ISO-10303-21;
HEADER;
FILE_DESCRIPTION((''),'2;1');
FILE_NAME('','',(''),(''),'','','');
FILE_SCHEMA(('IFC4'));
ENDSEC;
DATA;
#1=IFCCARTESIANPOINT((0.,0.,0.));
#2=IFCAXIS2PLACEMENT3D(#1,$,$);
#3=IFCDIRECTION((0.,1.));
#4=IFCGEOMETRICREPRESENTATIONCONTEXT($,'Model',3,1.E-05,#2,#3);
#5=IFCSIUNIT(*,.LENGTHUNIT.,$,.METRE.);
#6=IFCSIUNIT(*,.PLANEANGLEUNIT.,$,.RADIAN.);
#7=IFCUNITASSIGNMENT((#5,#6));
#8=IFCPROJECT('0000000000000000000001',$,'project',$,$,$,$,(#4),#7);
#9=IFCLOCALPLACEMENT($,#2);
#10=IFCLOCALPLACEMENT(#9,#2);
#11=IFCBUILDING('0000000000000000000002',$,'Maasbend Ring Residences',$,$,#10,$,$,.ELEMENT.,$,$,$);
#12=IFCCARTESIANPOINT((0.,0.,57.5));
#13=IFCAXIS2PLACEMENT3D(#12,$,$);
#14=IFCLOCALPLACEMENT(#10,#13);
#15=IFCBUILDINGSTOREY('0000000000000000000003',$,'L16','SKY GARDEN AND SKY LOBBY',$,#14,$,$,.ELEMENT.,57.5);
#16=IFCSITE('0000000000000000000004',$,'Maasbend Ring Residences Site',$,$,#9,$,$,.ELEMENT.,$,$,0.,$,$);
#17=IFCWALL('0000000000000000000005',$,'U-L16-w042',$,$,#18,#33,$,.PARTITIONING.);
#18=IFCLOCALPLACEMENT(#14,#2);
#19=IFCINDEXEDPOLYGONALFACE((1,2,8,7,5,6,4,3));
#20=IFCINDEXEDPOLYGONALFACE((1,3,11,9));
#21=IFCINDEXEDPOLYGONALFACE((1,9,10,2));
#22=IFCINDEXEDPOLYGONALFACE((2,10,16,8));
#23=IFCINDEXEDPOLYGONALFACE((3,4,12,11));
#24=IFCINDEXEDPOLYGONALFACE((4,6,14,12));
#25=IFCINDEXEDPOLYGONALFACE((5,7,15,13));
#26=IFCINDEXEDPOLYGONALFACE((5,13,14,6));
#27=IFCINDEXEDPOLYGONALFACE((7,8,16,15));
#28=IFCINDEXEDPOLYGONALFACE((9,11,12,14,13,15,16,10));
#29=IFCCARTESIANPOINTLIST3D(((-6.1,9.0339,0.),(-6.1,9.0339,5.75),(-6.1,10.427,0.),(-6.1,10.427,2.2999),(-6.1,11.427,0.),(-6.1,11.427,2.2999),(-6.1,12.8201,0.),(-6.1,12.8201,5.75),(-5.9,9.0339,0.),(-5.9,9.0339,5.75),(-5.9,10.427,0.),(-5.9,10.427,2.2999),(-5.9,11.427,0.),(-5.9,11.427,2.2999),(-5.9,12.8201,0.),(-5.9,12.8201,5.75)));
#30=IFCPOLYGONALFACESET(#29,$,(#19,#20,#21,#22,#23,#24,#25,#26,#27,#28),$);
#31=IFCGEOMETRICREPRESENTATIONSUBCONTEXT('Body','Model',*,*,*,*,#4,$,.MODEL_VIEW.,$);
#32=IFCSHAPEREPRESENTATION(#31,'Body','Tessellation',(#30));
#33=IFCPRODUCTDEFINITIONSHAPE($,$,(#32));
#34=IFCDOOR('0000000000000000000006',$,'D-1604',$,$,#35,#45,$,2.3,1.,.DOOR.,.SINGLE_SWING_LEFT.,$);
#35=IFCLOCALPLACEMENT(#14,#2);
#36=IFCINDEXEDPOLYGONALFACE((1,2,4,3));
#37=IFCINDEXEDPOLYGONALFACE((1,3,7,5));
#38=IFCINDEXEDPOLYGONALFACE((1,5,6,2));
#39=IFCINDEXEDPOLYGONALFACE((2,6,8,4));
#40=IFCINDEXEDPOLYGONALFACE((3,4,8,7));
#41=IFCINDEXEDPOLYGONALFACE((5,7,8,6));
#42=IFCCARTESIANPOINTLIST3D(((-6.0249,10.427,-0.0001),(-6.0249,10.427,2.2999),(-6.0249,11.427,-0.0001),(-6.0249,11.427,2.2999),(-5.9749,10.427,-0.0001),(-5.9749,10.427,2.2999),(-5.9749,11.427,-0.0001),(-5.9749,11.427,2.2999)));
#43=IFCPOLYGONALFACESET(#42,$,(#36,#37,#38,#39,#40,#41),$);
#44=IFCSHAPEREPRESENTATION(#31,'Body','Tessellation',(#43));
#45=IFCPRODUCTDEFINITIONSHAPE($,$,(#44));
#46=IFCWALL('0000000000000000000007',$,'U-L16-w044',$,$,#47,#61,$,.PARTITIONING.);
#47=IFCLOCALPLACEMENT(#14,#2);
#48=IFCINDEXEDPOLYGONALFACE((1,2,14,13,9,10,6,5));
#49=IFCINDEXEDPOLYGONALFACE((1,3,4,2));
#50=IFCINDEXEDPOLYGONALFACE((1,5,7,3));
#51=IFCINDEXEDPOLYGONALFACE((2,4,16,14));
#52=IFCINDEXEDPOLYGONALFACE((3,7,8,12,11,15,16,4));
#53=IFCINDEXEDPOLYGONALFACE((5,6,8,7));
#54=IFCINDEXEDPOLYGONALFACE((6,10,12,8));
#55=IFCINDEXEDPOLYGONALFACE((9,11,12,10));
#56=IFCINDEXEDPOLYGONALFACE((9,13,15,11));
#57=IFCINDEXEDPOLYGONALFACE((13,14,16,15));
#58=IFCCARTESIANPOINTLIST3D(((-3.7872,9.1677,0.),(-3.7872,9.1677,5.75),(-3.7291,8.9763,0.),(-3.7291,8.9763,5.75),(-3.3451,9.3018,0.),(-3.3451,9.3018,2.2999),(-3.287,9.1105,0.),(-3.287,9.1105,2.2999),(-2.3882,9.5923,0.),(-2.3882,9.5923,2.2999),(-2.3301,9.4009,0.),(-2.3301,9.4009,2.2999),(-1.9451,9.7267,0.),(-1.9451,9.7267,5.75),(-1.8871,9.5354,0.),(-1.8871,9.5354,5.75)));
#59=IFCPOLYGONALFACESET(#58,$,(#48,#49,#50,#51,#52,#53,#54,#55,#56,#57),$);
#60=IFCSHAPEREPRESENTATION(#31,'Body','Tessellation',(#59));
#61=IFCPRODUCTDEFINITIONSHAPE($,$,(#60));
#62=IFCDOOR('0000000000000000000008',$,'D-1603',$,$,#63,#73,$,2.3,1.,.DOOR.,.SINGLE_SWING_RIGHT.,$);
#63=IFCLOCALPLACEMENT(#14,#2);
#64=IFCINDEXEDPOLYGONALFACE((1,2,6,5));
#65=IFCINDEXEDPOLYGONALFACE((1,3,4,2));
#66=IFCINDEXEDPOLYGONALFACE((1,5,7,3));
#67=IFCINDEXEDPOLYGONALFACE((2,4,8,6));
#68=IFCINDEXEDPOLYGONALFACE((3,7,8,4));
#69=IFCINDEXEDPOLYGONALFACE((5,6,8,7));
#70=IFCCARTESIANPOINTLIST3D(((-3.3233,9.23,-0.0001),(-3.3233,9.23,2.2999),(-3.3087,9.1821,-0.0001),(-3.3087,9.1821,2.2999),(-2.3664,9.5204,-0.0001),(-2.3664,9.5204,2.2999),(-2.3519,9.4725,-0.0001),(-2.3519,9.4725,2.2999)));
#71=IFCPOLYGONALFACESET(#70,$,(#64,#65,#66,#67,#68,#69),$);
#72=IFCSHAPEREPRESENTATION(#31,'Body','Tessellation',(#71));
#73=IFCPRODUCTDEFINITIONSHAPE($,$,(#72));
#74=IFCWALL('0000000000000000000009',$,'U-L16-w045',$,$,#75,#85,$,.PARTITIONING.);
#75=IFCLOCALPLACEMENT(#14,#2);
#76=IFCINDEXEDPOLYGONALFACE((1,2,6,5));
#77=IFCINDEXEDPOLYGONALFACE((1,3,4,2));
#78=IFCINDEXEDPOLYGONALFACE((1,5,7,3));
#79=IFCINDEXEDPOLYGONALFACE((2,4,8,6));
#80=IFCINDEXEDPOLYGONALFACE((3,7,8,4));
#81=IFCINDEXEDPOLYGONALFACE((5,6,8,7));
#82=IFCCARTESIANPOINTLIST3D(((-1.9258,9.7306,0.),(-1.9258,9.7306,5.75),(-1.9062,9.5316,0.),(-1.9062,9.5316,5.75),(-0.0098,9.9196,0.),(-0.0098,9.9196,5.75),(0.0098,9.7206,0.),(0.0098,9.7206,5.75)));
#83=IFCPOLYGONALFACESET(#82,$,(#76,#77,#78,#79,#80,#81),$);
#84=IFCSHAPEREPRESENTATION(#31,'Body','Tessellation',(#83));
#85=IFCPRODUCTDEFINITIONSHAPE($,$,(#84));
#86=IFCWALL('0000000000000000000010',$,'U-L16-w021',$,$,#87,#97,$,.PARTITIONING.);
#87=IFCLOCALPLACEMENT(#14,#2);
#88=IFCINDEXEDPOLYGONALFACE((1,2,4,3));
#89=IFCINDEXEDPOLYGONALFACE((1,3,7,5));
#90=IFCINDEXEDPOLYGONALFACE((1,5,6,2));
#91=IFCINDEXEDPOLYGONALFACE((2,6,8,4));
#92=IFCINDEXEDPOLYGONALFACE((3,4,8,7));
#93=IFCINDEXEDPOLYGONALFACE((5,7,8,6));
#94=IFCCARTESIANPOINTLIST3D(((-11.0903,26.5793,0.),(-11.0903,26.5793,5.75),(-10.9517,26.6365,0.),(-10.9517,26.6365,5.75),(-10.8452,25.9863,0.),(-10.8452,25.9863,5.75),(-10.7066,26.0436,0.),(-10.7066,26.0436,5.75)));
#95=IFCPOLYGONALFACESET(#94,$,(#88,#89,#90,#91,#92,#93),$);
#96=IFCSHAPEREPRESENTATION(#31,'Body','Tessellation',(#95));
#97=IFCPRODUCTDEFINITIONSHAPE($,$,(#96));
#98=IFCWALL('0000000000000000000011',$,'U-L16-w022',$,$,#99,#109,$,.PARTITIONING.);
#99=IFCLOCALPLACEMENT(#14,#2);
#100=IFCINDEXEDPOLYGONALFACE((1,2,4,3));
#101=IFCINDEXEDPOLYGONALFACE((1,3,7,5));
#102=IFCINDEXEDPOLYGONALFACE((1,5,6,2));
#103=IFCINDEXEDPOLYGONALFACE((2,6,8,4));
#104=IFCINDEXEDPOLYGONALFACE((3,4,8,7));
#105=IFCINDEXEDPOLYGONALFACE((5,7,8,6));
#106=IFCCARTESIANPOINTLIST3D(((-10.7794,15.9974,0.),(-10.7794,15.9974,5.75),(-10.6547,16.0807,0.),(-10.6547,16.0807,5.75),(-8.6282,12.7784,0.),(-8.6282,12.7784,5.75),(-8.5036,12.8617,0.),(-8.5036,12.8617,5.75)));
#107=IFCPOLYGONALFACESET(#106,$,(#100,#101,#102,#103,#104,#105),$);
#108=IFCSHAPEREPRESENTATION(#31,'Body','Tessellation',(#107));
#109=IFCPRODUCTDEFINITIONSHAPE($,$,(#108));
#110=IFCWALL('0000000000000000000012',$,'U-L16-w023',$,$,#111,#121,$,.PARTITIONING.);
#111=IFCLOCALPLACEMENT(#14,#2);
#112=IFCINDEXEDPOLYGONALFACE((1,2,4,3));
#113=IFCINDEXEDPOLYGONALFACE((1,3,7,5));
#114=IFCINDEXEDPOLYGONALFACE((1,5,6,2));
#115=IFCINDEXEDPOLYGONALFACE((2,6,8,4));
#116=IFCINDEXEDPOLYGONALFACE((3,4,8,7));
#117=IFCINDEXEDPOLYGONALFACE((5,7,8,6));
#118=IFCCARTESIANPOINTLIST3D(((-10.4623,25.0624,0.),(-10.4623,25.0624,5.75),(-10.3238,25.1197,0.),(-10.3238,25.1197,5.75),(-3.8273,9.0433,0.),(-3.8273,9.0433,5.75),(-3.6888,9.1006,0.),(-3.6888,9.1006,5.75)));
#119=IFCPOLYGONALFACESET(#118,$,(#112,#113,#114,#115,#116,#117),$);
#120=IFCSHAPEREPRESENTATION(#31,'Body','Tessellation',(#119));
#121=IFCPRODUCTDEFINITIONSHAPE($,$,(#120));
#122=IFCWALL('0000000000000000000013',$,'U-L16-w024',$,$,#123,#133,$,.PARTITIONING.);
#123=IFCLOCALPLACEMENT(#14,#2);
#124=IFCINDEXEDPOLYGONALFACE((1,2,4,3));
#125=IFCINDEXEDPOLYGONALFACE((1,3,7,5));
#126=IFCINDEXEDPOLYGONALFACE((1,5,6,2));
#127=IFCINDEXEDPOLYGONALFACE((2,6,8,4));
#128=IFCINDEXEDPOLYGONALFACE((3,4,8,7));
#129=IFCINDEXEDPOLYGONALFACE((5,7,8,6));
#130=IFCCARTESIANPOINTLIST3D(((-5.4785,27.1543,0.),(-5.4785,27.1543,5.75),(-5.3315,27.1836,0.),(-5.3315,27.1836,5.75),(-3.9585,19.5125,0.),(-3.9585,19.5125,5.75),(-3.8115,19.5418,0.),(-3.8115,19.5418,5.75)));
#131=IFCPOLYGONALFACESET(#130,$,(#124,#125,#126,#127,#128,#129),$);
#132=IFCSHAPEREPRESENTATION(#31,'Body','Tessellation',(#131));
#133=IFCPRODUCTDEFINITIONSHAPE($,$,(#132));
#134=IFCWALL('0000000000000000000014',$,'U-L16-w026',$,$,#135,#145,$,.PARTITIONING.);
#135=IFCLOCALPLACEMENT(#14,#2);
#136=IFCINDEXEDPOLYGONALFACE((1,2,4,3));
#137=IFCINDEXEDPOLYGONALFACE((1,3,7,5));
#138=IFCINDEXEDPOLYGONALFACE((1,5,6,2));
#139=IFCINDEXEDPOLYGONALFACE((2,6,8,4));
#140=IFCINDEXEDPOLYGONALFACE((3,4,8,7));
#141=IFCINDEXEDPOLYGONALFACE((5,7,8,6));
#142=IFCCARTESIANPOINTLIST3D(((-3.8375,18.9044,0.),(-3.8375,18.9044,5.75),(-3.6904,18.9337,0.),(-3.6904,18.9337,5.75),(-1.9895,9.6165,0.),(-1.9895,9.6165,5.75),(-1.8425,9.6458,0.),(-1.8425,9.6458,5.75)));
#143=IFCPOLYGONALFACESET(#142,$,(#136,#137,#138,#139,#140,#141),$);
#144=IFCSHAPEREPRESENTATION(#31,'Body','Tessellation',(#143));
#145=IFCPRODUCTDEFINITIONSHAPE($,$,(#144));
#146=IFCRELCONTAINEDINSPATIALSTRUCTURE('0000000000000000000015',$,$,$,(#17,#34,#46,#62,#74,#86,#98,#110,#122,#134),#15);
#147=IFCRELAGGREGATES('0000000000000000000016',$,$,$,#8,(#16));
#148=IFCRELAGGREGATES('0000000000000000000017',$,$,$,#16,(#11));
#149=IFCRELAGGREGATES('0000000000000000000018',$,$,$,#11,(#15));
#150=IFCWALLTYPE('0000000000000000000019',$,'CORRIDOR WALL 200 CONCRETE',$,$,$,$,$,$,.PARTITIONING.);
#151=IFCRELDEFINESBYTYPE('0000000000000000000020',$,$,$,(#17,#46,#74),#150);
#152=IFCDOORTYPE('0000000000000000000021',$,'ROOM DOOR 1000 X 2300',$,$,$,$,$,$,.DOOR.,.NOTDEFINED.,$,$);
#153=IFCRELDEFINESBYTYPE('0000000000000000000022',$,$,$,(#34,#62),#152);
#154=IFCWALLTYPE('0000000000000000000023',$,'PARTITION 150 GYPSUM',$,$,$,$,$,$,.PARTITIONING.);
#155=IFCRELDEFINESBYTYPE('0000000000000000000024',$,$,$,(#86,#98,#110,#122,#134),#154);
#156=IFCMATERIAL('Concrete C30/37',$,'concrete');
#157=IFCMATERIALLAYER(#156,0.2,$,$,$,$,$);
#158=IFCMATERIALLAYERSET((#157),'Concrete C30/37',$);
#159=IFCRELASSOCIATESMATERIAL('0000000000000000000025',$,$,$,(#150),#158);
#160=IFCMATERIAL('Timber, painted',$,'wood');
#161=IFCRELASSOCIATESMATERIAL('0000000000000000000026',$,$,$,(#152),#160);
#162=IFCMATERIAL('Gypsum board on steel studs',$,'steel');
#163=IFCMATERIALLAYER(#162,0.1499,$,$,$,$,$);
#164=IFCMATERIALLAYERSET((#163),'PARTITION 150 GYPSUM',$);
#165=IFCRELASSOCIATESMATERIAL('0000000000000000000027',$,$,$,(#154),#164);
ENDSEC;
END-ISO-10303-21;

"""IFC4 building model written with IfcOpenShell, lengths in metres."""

from ifc_helpers import new_model, si_unit, direction, frame, frame_2d, origin, place, context, subcontext, project, spatial, rectangle, extrude, material, layer, layer_set, type_object, element, fill, save


model = new_model("IFC4")

# Units and contexts
model_context = context("Model", 3, precision=1e-05, world=origin(), true_north=direction((0.0, 1.0)))
body_context = subcontext(model_context, "Body", "Model", "MODEL_VIEW")
ifc_project = project(units=[si_unit("LENGTHUNIT", "METRE"), si_unit("PLANEANGLEUNIT", "RADIAN")], contexts=[model_context])

# Site, building, storey
site_placement = place(None, origin())
site = spatial("IfcSite", under=ifc_project, at=site_placement, Name="Maasbend Ring Residences Site", CompositionType="ELEMENT", RefElevation=0.0)
building_placement = place(site_placement, origin())
building = spatial("IfcBuilding", under=site, at=building_placement, Name="Maasbend Ring Residences", CompositionType="ELEMENT")
storey_placement = place(building_placement, frame((0.0, 0.0, 57.5)))
storey = spatial("IfcBuildingStorey", under=building, at=storey_placement, Name="L16", Description="SKY GARDEN AND SKY LOBBY", CompositionType="ELEMENT", Elevation=57.5)

# Shared definitions
ifc_material_1 = material(Name="Concrete C30/37", Category="concrete")
ifc_layer_1 = layer(ifc_material_1, 0.2)
ifc_layer_set_1 = layer_set([ifc_layer_1], Name="Concrete C30/37")
wall_type_1 = type_object("IfcWallType", Name="CORRIDOR WALL 200 CONCRETE", PredefinedType="PARTITIONING", material=ifc_layer_set_1)

# Walls, openings, doors
wall_1_placement = place(storey_placement, frame((-6.0, 9.0339, 0.0), z_axis=(0.0, 0.0, 1.0), x_axis=(0.0, 1.0, 0.0)))
wall_1 = element("IfcWall", 1, at=wall_1_placement, inside=storey, type_object=wall_type_1, Name="U-L16-w042", PredefinedType="PARTITIONING", context=body_context, shape_type="SweptSolid", body=[
    extrude(rectangle(XDim=3.7861, YDim=0.2, at=frame_2d((1.8931, 0.0))), origin(), (0.0, 0.0, 1.0), 5.75),
])
opening_1_placement = place(wall_1_placement, frame((1.3931, 0.0, 0.0)))
opening_1 = element("IfcOpeningElement", 2, at=opening_1_placement, cuts=wall_1, PredefinedType="OPENING", context=body_context, shape_type="SweptSolid", body=[
    extrude(rectangle(XDim=1.0, YDim=2.3, at=frame_2d((0.5, 1.1499))), frame((0.0, 0.1099, 0.0), z_axis=(0.0, -1.0, 0.0), x_axis=(1.0, 0.0, 0.0)), (0.0, 0.0, 1.0), 0.22),
])
ifc_material_2 = material(Name="Timber, painted", Category="wood")
door_type_1 = type_object("IfcDoorType", Name="ROOM DOOR 1000 X 2300", OperationType="NOTDEFINED", PredefinedType="DOOR", material=ifc_material_2)
door_1_placement = place(opening_1_placement, origin())
door_1 = element("IfcDoor", 3, at=door_1_placement, inside=storey, type_object=door_type_1, Name="D-1604", OperationType="SINGLE_SWING_LEFT", OverallHeight=2.3, OverallWidth=1.0, PredefinedType="DOOR", context=body_context, shape_type="SweptSolid", body=[
    extrude(rectangle(XDim=1.0, YDim=2.3, at=frame_2d((0.5, 1.1499))), frame((0.0, 0.0249, 0.0), z_axis=(0.0, -1.0, 0.0), x_axis=(1.0, 0.0, 0.0)), (0.0, 0.0, 1.0), 0.05),
])
fill(opening_1, door_1)
wall_2_placement = place(storey_placement, frame((-3.7581, 9.072, 0.0), z_axis=(0.0, 0.0, 1.0), x_axis=(0.956896, 0.29043, 0.0)))
wall_2 = element("IfcWall", 4, at=wall_2_placement, inside=storey, type_object=wall_type_1, Name="U-L16-w044", PredefinedType="PARTITIONING", context=body_context, shape_type="SweptSolid", body=[
    extrude(rectangle(XDim=1.925, YDim=0.2, at=frame_2d((0.9624, 0.0))), origin(), (0.0, 0.0, 1.0), 5.75),
])
opening_2_placement = place(wall_2_placement, frame((0.4619, 0.0, 0.0)))
opening_2 = element("IfcOpeningElement", 5, at=opening_2_placement, cuts=wall_2, PredefinedType="OPENING", context=body_context, shape_type="SweptSolid", body=[
    extrude(rectangle(XDim=1.0, YDim=2.3, at=frame_2d((0.5, 1.1499))), frame((0.0, 0.1099, 0.0), z_axis=(0.0, -1.0, 0.0), x_axis=(1.0, 0.0, 0.0)), (0.0, 0.0, 1.0), 0.22),
])
door_2_placement = place(opening_2_placement, origin())
door_2 = element("IfcDoor", 6, at=door_2_placement, inside=storey, type_object=door_type_1, Name="D-1603", OperationType="SINGLE_SWING_RIGHT", OverallHeight=2.3, OverallWidth=1.0, PredefinedType="DOOR", context=body_context, shape_type="SweptSolid", body=[
    extrude(rectangle(XDim=1.0, YDim=2.3, at=frame_2d((0.5, 1.1499))), frame((0.0, 0.0249, 0.0), z_axis=(0.0, -1.0, 0.0), x_axis=(1.0, 0.0, 0.0)), (0.0, 0.0, 1.0), 0.05),
])
fill(opening_2, door_2)

# Walls
wall_3_placement = place(storey_placement, frame((-1.916, 9.6311, 0.0), z_axis=(0.0, 0.0, 1.0), x_axis=(0.995172, 0.098148, 0.0)))
element("IfcWall", 7, at=wall_3_placement, inside=storey, type_object=wall_type_1, Name="U-L16-w045", PredefinedType="PARTITIONING", context=body_context, shape_type="SweptSolid", body=[
    extrude(rectangle(XDim=1.9253, YDim=0.2, at=frame_2d((0.9626, 0.0))), origin(), (0.0, 0.0, 1.0), 5.75),
])
ifc_material_3 = material(Name="Gypsum board on steel studs", Category="steel")
ifc_layer_2 = layer(ifc_material_3, 0.1499)
ifc_layer_set_2 = layer_set([ifc_layer_2], Name="PARTITION 150 GYPSUM")
wall_type_2 = type_object("IfcWallType", Name="PARTITION 150 GYPSUM", PredefinedType="PARTITIONING", material=ifc_layer_set_2)
wall_4_placement = place(storey_placement, frame((-11.021, 26.6079, 0.0), z_axis=(0.0, 0.0, 1.0), x_axis=(0.381993, -0.924165, 0.0)))
element("IfcWall", 8, at=wall_4_placement, inside=storey, type_object=wall_type_2, Name="U-L16-w021", PredefinedType="PARTITIONING", context=body_context, shape_type="SweptSolid", body=[
    extrude(rectangle(XDim=0.6416, YDim=0.1499, at=frame_2d((0.3208, 0.0))), origin(), (0.0, 0.0, 1.0), 5.75),
])
wall_5_placement = place(storey_placement, frame((-10.717, 16.0391, 0.0), z_axis=(0.0, 0.0, 1.0), x_axis=(0.555617, -0.831439, 0.0)))
element("IfcWall", 9, at=wall_5_placement, inside=storey, type_object=wall_type_2, Name="U-L16-w022", PredefinedType="PARTITIONING", context=body_context, shape_type="SweptSolid", body=[
    extrude(rectangle(XDim=3.8716, YDim=0.1499, at=frame_2d((1.9358, 0.0))), origin(), (0.0, 0.0, 1.0), 5.75),
])
wall_6_placement = place(storey_placement, frame((-10.3931, 25.0911, 0.0), z_axis=(0.0, 0.0, 1.0), x_axis=(0.382669, -0.923886, 0.0)))
element("IfcWall", 10, at=wall_6_placement, inside=storey, type_object=wall_type_2, Name="U-L16-w023", PredefinedType="PARTITIONING", context=body_context, shape_type="SweptSolid", body=[
    extrude(rectangle(XDim=17.3389, YDim=0.1499, at=frame_2d((8.6694, 0.0))), origin(), (0.0, 0.0, 1.0), 5.75),
])
wall_7_placement = place(storey_placement, frame((-5.405, 27.1689, 0.0), z_axis=(0.0, 0.0, 1.0), x_axis=(0.195086, -0.980786, 0.0)))
element("IfcWall", 11, at=wall_7_placement, inside=storey, type_object=wall_type_2, Name="U-L16-w024", PredefinedType="PARTITIONING", context=body_context, shape_type="SweptSolid", body=[
    extrude(rectangle(XDim=7.7915, YDim=0.1499, at=frame_2d((3.8958, 0.0))), origin(), (0.0, 0.0, 1.0), 5.75),
])
wall_8_placement = place(storey_placement, frame((-3.7639, 18.9189, 0.0), z_axis=(0.0, 0.0, 1.0), x_axis=(0.195134, -0.980777, 0.0)))
element("IfcWall", 12, at=wall_8_placement, inside=storey, type_object=wall_type_2, Name="U-L16-w026", PredefinedType="PARTITIONING", context=body_context, shape_type="SweptSolid", body=[
    extrude(rectangle(XDim=9.47, YDim=0.1499, at=frame_2d((4.7349, 0.0))), origin(), (0.0, 0.0, 1.0), 5.75),
])

save(model, "model.ifc")
